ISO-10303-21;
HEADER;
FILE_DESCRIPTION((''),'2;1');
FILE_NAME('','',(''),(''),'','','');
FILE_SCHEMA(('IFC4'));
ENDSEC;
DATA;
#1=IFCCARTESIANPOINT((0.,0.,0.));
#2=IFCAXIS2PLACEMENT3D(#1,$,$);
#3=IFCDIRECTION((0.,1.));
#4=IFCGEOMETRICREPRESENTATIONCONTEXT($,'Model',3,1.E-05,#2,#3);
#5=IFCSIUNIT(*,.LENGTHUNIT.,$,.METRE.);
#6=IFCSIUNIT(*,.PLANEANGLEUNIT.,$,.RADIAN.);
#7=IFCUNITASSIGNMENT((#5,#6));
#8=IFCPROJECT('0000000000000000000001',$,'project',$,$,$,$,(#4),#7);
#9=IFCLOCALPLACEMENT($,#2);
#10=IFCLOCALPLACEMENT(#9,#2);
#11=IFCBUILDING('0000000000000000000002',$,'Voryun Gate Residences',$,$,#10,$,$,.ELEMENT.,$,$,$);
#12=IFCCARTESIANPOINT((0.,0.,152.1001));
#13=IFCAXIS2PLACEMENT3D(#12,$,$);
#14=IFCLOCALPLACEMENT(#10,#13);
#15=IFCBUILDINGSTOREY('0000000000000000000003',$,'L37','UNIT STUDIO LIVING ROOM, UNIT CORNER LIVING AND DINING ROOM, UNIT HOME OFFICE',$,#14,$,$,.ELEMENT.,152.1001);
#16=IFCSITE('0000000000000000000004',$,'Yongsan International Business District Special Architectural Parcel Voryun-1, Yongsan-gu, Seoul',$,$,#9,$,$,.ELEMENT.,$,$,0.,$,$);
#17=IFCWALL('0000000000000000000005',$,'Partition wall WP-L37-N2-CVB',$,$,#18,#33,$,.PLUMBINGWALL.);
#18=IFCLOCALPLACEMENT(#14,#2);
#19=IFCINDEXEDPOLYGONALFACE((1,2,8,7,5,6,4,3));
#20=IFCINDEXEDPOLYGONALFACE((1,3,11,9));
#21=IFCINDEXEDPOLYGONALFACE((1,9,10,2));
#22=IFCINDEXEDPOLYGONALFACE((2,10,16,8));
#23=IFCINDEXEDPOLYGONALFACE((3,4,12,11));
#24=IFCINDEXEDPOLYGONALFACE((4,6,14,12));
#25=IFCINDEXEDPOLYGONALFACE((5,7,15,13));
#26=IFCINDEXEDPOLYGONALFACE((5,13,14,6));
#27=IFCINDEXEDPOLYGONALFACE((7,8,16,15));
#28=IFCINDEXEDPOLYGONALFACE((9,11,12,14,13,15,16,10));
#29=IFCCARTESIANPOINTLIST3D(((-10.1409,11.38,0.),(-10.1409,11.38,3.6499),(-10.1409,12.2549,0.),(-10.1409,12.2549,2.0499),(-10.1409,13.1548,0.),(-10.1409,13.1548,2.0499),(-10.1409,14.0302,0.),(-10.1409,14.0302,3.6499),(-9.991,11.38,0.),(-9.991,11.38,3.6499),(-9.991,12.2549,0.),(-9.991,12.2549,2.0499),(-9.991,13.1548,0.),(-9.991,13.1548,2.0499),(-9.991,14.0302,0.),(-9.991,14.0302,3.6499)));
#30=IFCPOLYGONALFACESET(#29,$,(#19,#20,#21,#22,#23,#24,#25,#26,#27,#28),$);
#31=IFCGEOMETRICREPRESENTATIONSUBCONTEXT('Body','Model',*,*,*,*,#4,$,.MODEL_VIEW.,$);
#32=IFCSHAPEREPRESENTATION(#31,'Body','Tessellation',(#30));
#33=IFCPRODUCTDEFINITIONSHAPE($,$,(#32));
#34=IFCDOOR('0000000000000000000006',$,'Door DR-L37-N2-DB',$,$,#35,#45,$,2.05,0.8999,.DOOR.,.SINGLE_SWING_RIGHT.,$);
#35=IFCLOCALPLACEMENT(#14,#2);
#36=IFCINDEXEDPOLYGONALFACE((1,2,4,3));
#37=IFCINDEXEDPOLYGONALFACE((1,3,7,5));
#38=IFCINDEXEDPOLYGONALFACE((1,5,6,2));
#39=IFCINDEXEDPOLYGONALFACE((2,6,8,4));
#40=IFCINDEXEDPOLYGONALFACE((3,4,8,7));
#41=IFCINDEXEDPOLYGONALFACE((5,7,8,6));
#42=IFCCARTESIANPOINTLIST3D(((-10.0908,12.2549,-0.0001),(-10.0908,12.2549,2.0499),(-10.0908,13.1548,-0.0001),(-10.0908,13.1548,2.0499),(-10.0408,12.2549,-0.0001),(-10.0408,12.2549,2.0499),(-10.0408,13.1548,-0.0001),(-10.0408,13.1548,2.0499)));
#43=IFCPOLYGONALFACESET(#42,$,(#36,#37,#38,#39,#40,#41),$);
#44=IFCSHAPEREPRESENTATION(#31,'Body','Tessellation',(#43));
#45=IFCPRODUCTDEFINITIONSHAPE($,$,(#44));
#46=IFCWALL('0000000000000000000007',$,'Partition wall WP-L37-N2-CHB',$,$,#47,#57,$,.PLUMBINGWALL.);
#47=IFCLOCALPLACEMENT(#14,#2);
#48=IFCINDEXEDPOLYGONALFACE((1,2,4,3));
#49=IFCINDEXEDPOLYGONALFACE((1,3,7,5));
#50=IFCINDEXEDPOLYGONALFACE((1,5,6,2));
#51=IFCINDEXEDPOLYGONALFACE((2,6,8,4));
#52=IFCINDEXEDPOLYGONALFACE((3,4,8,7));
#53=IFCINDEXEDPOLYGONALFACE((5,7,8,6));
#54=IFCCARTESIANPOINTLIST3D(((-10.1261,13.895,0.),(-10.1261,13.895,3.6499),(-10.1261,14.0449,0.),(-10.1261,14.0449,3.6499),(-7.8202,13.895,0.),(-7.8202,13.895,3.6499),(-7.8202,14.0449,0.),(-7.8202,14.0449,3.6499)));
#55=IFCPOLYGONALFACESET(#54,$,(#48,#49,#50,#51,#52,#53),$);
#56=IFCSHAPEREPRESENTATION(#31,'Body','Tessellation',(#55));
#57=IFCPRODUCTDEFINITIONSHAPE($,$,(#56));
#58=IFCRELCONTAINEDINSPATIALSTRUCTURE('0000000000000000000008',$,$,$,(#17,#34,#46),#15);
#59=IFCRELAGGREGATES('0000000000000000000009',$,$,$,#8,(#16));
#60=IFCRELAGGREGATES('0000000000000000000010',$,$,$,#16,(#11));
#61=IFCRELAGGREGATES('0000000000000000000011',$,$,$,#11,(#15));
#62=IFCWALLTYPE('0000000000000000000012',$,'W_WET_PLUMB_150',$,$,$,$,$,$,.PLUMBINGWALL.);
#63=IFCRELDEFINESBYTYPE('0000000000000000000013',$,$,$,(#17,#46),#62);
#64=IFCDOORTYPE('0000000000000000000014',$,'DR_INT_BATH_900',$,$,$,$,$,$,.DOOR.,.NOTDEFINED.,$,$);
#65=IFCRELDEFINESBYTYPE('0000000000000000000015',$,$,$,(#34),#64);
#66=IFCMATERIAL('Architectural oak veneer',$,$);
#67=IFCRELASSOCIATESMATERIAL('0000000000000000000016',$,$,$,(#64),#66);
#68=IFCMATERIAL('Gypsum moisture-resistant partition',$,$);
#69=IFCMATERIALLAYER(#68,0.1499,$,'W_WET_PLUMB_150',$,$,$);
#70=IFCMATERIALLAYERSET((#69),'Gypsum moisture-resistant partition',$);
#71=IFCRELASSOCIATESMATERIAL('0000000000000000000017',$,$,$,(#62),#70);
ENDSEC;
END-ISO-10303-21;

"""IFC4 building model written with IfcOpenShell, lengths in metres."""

from ifc_helpers import new_model, si_unit, direction, frame, frame_2d, origin, place, context, subcontext, project, spatial, rectangle, extrude, material, layer, layer_set, type_object, element, fill, save


model = new_model("IFC4")

# Units and contexts
model_context = context("Model", 3, precision=1e-05, world=origin(), true_north=direction((0.0, 1.0)))
body_context = subcontext(model_context, "Body", "Model", "MODEL_VIEW")
ifc_project = project(units=[si_unit("LENGTHUNIT", "METRE"), si_unit("PLANEANGLEUNIT", "RADIAN")], contexts=[model_context])

# Site, building, storey
site_placement = place(None, origin())
site = spatial("IfcSite", under=ifc_project, at=site_placement, Name="Yongsan International Business District Special Architectural Parcel Voryun-1, Yongsan-gu, Seoul", CompositionType="ELEMENT", RefElevation=0.0)
building_placement = place(site_placement, origin())
building = spatial("IfcBuilding", under=site, at=building_placement, Name="Voryun Gate Residences", CompositionType="ELEMENT")
storey_placement = place(building_placement, frame((0.0, 0.0, 152.1001)))
storey = spatial("IfcBuildingStorey", under=building, at=storey_placement, Name="L37", Description="UNIT STUDIO LIVING ROOM, UNIT CORNER LIVING AND DINING ROOM, UNIT HOME OFFICE", CompositionType="ELEMENT", Elevation=152.1001)

# Shared definitions
ifc_material_1 = material(Name="Architectural oak veneer")
door_type = type_object("IfcDoorType", Name="DR_INT_BATH_900", OperationType="NOTDEFINED", PredefinedType="DOOR", material=ifc_material_1)

# Wall, opening, door
ifc_material_2 = material(Name="Gypsum moisture-resistant partition")
ifc_layer_1 = layer(ifc_material_2, 0.1499, Name="W_WET_PLUMB_150")
ifc_layer_set_1 = layer_set([ifc_layer_1], Name="Gypsum moisture-resistant partition")
wall_type_1 = type_object("IfcWallType", Name="W_WET_PLUMB_150", PredefinedType="PLUMBINGWALL", material=ifc_layer_set_1)
wall_1_placement = place(storey_placement, frame((-10.0659, 11.3799, 0.0), z_axis=(0.0, 0.0, 1.0), x_axis=(0.0, 1.0, 0.0)))
wall_1 = element("IfcWall", 1, at=wall_1_placement, inside=storey, type_object=wall_type_1, Name="Partition wall WP-L37-N2-CVB", PredefinedType="PLUMBINGWALL", context=body_context, shape_type="SweptSolid", body=[
    extrude(rectangle(XDim=2.6501, YDim=0.1499, at=frame_2d((1.3252, 0.0))), origin(), (0.0, 0.0, 1.0), 3.6499),
])
opening_1_placement = place(wall_1_placement, frame((0.875, 0.0, 0.0)))
opening_1 = element("IfcOpeningElement", 2, at=opening_1_placement, cuts=wall_1, PredefinedType="OPENING", context=body_context, shape_type="SweptSolid", body=[
    extrude(rectangle(XDim=0.8999, YDim=2.05, at=frame_2d((0.45, 1.0249))), frame((0.0, 0.085, 0.0), z_axis=(0.0, -1.0, 0.0), x_axis=(1.0, 0.0, 0.0)), (0.0, 0.0, 1.0), 0.1699),
])
door_1_placement = place(opening_1_placement, origin())
door_1 = element("IfcDoor", 3, at=door_1_placement, inside=storey, type_object=door_type, Name="Door DR-L37-N2-DB", OperationType="SINGLE_SWING_RIGHT", OverallHeight=2.05, OverallWidth=0.8999, PredefinedType="DOOR", context=body_context, shape_type="SweptSolid", body=[
    extrude(rectangle(XDim=0.8999, YDim=2.05, at=frame_2d((0.45, 1.0249))), frame((0.0, 0.0249, 0.0), z_axis=(0.0, -1.0, 0.0), x_axis=(1.0, 0.0, 0.0)), (0.0, 0.0, 1.0), 0.05),
])
fill(opening_1, door_1)

# Wall
wall_2_placement = place(storey_placement, frame((-10.126, 13.97, 0.0), z_axis=(0.0, 0.0, 1.0), x_axis=(1.0, 0.0, 0.0)))
element("IfcWall", 4, at=wall_2_placement, inside=storey, type_object=wall_type_1, Name="Partition wall WP-L37-N2-CHB", PredefinedType="PLUMBINGWALL", context=body_context, shape_type="SweptSolid", body=[
    extrude(rectangle(XDim=2.3059, YDim=0.1499, at=frame_2d((1.1528, 0.0))), origin(), (0.0, 0.0, 1.0), 3.6499),
])

save(model, "model.ifc")
